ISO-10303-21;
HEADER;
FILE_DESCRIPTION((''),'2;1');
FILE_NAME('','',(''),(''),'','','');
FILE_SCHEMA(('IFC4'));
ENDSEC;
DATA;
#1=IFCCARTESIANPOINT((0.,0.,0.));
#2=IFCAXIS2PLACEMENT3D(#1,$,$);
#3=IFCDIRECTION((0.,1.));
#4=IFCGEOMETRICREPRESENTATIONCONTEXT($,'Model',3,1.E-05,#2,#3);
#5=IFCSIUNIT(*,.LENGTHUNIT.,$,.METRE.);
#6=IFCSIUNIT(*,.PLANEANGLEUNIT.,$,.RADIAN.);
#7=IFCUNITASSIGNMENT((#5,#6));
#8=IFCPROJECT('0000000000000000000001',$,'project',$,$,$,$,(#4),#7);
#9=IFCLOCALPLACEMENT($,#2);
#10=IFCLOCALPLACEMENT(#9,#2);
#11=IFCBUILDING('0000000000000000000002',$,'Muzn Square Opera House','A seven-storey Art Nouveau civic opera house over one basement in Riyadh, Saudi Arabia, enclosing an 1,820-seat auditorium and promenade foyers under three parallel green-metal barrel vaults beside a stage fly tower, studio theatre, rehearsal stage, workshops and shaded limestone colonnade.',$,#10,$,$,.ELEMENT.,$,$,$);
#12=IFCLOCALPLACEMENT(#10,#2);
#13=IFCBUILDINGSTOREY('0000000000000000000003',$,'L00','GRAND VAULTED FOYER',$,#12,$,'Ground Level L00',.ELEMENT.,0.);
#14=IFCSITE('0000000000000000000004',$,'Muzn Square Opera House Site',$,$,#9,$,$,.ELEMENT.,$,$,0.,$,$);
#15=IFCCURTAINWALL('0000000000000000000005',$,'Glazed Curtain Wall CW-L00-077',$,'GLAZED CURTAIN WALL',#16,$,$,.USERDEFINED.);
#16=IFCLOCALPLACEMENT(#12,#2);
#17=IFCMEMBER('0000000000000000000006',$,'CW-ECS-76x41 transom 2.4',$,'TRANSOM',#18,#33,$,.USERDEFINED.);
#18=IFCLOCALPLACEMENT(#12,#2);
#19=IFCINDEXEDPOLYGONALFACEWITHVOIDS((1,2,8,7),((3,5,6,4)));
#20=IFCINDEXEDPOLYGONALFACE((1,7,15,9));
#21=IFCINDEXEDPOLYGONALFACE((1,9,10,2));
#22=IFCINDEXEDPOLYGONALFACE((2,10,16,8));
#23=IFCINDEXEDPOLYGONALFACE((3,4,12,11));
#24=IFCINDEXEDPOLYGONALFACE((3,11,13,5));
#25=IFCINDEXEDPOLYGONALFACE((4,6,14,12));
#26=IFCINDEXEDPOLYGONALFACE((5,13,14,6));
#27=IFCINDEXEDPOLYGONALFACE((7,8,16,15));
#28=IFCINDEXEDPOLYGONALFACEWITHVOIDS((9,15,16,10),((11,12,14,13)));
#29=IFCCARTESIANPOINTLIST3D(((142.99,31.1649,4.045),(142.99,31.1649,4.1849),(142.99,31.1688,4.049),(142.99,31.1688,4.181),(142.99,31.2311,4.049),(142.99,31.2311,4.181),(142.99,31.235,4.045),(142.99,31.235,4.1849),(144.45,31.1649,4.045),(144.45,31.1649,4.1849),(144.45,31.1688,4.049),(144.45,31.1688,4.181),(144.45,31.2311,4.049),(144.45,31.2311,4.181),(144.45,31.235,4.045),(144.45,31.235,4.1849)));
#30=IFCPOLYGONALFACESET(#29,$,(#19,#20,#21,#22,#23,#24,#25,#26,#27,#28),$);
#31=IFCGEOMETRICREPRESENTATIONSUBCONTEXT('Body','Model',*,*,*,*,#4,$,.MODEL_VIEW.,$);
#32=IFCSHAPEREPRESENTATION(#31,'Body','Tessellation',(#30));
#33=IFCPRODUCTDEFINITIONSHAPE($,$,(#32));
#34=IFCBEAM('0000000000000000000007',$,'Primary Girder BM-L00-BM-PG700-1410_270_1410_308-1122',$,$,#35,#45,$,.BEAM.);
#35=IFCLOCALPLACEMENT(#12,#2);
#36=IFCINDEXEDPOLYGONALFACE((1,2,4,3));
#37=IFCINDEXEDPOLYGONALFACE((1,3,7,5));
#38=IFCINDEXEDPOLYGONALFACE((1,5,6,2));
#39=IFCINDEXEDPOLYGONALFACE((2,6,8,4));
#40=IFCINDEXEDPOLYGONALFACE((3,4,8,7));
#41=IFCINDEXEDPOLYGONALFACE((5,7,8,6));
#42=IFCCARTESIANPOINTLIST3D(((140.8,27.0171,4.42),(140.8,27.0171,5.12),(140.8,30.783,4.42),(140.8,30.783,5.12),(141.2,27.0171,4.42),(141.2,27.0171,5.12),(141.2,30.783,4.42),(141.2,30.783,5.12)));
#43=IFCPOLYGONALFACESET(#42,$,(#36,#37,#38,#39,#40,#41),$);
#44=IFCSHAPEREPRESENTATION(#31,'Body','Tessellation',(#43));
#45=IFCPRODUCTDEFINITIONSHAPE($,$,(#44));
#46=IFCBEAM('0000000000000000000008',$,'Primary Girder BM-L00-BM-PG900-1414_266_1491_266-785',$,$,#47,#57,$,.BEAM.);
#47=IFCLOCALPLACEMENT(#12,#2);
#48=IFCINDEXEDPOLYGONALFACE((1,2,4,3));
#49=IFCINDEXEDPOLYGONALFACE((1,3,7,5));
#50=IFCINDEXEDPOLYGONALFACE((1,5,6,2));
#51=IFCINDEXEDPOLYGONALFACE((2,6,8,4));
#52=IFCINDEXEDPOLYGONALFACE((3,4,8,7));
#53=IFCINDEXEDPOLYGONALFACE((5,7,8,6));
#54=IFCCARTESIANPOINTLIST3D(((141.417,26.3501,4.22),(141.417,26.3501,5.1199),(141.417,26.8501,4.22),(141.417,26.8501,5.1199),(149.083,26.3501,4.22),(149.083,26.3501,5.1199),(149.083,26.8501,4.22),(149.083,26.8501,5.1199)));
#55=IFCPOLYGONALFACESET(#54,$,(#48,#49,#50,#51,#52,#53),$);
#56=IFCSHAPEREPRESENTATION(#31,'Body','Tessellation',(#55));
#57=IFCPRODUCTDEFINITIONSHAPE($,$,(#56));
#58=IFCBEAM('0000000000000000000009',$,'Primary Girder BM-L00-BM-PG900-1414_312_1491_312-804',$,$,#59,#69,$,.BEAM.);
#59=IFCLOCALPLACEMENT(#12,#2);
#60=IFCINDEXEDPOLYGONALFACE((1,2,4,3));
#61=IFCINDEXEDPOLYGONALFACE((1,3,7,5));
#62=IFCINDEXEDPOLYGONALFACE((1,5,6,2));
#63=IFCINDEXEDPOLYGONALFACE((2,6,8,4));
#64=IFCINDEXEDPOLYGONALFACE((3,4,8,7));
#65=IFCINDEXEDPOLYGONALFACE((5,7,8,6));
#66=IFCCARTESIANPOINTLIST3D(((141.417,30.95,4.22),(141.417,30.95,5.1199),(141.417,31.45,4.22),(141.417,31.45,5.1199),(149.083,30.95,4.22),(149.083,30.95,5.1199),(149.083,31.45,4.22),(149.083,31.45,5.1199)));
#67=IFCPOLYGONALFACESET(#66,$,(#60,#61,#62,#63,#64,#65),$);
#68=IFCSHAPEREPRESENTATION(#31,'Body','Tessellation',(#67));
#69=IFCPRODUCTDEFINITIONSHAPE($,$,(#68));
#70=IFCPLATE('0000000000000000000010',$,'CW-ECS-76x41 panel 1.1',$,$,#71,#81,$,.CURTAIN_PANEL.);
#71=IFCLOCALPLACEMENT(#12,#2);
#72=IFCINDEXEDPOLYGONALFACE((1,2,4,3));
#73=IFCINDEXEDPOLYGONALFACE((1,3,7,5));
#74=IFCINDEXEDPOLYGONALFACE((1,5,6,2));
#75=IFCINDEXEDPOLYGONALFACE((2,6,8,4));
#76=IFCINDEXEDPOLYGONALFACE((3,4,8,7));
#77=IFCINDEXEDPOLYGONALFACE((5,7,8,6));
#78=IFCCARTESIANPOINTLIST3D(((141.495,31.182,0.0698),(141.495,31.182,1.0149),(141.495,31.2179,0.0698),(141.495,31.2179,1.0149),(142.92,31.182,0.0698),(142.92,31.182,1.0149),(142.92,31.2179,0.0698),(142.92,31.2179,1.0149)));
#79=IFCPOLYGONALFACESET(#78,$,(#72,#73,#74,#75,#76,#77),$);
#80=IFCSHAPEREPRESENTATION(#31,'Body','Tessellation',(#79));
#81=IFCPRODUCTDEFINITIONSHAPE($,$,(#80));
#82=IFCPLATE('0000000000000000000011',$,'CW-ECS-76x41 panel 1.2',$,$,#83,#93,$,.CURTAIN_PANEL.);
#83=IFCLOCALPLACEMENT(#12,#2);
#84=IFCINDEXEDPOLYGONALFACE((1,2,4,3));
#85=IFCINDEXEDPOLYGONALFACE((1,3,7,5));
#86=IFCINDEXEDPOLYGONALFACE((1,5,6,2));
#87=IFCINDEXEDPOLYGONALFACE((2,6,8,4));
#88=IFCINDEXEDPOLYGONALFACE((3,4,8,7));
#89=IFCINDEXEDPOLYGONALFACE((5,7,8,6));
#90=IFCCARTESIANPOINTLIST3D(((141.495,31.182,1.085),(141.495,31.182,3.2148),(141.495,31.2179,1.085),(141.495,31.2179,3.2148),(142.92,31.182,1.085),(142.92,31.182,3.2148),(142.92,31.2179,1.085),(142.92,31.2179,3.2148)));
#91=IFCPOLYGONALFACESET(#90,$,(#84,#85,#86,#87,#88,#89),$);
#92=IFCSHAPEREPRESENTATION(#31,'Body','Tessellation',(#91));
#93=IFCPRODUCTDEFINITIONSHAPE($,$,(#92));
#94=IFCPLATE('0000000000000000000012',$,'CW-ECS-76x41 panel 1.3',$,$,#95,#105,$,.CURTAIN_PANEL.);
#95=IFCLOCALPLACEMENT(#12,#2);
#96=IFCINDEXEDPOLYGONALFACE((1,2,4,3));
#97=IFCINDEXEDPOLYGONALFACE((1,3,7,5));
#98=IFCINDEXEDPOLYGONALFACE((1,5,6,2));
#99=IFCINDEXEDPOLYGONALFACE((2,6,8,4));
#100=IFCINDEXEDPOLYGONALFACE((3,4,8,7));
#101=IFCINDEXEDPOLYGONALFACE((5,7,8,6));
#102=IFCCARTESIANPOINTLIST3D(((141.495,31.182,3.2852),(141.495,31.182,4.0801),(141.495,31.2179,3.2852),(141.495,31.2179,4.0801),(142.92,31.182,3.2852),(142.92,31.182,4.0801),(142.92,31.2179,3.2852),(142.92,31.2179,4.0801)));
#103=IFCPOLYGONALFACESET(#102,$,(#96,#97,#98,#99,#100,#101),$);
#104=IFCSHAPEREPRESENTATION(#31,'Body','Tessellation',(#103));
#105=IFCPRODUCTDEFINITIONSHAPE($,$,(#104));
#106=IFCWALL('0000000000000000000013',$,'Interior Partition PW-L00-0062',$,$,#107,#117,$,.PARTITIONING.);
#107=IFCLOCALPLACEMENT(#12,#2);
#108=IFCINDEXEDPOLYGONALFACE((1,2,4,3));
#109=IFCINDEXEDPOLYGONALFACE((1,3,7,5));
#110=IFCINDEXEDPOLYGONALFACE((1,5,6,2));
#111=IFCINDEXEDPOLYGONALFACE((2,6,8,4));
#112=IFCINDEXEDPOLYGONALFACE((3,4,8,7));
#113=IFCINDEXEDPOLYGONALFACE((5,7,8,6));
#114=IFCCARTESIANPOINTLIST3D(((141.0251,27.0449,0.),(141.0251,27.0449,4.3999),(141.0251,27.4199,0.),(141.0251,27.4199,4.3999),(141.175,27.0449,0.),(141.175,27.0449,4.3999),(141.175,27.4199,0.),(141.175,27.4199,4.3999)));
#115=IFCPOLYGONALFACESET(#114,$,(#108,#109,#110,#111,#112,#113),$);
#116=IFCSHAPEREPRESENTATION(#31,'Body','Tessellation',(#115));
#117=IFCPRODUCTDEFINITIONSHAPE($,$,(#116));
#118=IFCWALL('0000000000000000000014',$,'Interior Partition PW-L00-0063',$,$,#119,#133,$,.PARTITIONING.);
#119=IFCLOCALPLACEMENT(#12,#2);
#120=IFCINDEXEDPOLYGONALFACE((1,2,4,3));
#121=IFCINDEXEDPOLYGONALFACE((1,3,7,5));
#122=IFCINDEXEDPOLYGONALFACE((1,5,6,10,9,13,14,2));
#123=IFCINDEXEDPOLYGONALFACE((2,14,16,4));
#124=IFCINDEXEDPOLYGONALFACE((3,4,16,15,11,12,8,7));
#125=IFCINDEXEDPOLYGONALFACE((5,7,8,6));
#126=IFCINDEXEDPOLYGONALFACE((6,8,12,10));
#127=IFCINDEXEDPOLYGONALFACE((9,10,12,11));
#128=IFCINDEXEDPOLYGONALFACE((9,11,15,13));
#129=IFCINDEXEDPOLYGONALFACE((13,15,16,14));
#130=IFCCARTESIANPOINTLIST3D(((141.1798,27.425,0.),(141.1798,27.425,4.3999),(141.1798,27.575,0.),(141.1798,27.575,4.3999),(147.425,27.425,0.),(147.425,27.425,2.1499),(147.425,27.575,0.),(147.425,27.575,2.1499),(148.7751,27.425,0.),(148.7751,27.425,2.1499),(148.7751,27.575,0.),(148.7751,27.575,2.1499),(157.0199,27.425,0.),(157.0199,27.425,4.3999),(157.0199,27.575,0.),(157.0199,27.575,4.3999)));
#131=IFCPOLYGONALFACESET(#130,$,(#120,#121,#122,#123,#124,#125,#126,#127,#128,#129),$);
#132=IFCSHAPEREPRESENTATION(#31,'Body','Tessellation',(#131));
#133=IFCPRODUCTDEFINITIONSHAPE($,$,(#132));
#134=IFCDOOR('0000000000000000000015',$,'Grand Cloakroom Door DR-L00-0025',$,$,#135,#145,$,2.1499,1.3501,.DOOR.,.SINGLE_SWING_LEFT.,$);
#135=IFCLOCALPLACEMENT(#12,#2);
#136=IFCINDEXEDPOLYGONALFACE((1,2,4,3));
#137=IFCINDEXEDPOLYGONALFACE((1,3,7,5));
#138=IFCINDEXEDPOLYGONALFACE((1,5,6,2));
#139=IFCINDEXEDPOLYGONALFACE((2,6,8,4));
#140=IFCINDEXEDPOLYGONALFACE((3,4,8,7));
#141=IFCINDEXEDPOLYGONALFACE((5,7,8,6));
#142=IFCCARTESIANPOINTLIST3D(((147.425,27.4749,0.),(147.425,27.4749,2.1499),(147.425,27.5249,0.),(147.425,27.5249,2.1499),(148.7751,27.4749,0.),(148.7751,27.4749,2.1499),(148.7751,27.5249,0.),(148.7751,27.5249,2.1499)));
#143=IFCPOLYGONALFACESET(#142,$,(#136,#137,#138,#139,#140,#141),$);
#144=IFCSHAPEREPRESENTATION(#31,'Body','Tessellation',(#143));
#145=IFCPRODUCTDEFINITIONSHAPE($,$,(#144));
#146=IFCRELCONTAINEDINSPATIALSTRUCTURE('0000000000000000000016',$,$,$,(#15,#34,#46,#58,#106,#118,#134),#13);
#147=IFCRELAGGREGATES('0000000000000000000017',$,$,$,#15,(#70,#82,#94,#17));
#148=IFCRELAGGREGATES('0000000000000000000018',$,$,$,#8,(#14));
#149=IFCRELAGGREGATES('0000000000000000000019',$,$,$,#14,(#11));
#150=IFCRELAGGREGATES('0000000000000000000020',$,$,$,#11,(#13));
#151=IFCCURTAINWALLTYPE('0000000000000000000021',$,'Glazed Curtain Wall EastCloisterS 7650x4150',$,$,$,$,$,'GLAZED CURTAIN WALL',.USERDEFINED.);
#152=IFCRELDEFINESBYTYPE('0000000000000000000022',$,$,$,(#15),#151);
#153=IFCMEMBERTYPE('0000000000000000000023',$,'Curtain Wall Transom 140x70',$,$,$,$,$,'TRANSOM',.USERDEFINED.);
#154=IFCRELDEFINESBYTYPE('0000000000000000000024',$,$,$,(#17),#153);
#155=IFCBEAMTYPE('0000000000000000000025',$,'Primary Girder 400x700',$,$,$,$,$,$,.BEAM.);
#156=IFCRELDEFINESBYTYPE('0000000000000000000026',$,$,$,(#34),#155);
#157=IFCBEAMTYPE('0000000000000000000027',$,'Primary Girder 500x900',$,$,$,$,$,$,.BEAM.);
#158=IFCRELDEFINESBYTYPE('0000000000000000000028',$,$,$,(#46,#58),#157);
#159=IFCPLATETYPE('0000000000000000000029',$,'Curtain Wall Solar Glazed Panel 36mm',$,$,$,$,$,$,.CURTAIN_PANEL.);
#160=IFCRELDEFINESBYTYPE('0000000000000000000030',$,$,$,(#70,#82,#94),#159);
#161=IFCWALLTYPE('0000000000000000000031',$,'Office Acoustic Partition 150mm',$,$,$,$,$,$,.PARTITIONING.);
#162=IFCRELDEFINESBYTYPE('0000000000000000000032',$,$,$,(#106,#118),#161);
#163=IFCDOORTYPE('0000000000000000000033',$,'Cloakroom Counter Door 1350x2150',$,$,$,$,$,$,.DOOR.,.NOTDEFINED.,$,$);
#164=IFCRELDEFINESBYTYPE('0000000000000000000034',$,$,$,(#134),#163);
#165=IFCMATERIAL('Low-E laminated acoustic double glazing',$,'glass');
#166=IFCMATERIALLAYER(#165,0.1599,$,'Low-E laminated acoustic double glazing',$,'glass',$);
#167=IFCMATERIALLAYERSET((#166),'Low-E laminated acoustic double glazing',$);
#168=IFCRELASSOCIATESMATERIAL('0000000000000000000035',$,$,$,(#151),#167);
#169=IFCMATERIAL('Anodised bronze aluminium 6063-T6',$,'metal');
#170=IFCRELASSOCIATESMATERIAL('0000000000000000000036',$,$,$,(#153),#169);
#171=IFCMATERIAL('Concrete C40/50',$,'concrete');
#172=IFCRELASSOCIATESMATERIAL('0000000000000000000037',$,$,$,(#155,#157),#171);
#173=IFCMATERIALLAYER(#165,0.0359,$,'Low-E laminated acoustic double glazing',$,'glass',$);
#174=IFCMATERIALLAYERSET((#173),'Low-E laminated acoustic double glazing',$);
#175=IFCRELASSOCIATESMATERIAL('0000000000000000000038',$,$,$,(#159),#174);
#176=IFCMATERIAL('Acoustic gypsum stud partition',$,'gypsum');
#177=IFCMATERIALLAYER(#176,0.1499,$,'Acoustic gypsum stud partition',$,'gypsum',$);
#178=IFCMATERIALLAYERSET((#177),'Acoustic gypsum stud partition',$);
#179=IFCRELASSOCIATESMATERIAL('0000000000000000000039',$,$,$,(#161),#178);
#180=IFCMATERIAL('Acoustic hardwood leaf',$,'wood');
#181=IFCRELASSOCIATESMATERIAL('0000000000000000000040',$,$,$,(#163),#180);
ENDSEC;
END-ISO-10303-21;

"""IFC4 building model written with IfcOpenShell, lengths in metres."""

from ifc_helpers import new_model, si_unit, direction, frame, frame_2d, origin, origin_2d, place, context, subcontext, project, spatial, rectangle, hollow_rectangle, extrude, material, layer, layer_set, material_profile, profile_set, type_object, element, fill, aggregate, save


model = new_model("IFC4")

# Units and contexts
model_context = context("Model", 3, precision=1e-05, world=origin(), true_north=direction((0.0, 1.0)))
body_context = subcontext(model_context, "Body", "Model", "MODEL_VIEW")
ifc_project = project(units=[si_unit("LENGTHUNIT", "METRE"), si_unit("PLANEANGLEUNIT", "RADIAN")], contexts=[model_context])

# Site, building, storey
site_placement = place(None, origin())
site = spatial("IfcSite", under=ifc_project, at=site_placement, Name="Muzn Square Opera House Site", CompositionType="ELEMENT", RefElevation=0.0)
building_placement = place(site_placement, origin())
building = spatial("IfcBuilding", under=site, at=building_placement, Name="Muzn Square Opera House", Description="A seven-storey Art Nouveau civic opera house over one basement in Riyadh, Saudi Arabia, enclosing an 1,820-seat auditorium and promenade foyers under three parallel green-metal barrel vaults beside a stage fly tower, studio theatre, rehearsal stage, workshops and shaded limestone colonnade.", CompositionType="ELEMENT")
storey_placement = place(building_placement, origin())
storey = spatial("IfcBuildingStorey", under=building, at=storey_placement, Name="L00", Description="GRAND VAULTED FOYER", LongName="Ground Level L00", CompositionType="ELEMENT", Elevation=0.0)

# Curtain wall, member
ifc_material_1 = material(Name="Low-E laminated acoustic double glazing", Category="glass")
ifc_layer_1 = layer(ifc_material_1, 0.1599, Name="Low-E laminated acoustic double glazing", Category="glass")
ifc_layer_set_1 = layer_set([ifc_layer_1], Name="Low-E laminated acoustic double glazing")
curtain_wall_type = type_object("IfcCurtainWallType", Name="Glazed Curtain Wall EastCloisterS 7650x4150", ElementType="GLAZED CURTAIN WALL", PredefinedType="USERDEFINED", material=ifc_layer_set_1)
curtain_wall_placement = place(storey_placement, origin())
curtain_wall = element("IfcCurtainWall", 1, at=curtain_wall_placement, inside=storey, type_object=curtain_wall_type, Name="Glazed Curtain Wall CW-L00-077", ObjectType="GLAZED CURTAIN WALL", PredefinedType="USERDEFINED")
ifc_material_2 = material(Name="Anodised bronze aluminium 6063-T6", Category="metal")
ifc_material_profile_1 = material_profile(ifc_material_2, hollow_rectangle(XDim=0.0701, YDim=0.1399, WallThickness=0.0039, at=origin_2d()), Name="ALU 140x70x4", Category="metal")
ifc_profile_set_1 = profile_set([ifc_material_profile_1], Name="Anodised bronze aluminium 6063-T6")
member_type_1 = type_object("IfcMemberType", Name="Curtain Wall Transom 140x70", ElementType="TRANSOM", PredefinedType="USERDEFINED", material=ifc_profile_set_1)
member_1_placement = place(storey_placement, frame((142.99, 31.2, 4.115), z_axis=(1.0, 0.0, 0.0), x_axis=(0.0, 1.0, 0.0)))
member_1 = element("IfcMember", 2, at=member_1_placement, type_object=member_type_1, Name="CW-ECS-76x41 transom 2.4", ObjectType="TRANSOM", PredefinedType="USERDEFINED", context=body_context, shape_type="SweptSolid", body=[
    extrude(hollow_rectangle(XDim=0.0701, YDim=0.1399, WallThickness=0.0039, at=origin_2d()), origin(), (0.0, 0.0, 1.0), 1.46),
])

# Beams
ifc_material_3 = material(Name="Concrete C40/50", Category="concrete")
ifc_material_profile_2 = material_profile(ifc_material_3, rectangle(XDim=0.3999, YDim=0.7, at=origin_2d()), Name="RCB 400x700", Category="concrete")
ifc_profile_set_2 = profile_set([ifc_material_profile_2], Name="Concrete C40/50")
beam_type_1 = type_object("IfcBeamType", Name="Primary Girder 400x700", PredefinedType="BEAM", material=ifc_profile_set_2)
beam_placement = place(storey_placement, frame((141.0, 27.0171, 4.77), z_axis=(0.0, 1.0, 0.0), x_axis=(-1.0, 0.0, 0.0)))
element("IfcBeam", 3, at=beam_placement, inside=storey, type_object=beam_type_1, Name="Primary Girder BM-L00-BM-PG700-1410_270_1410_308-1122", PredefinedType="BEAM", context=body_context, shape_type="SweptSolid", body=[
    extrude(rectangle(XDim=0.3999, YDim=0.7, at=origin_2d()), origin(), (0.0, 0.0, 1.0), 3.7659),
])
ifc_material_profile_3 = material_profile(ifc_material_3, rectangle(XDim=0.5, YDim=0.8999, at=origin_2d()), Name="RCB 500x900", Category="concrete")
ifc_profile_set_3 = profile_set([ifc_material_profile_3], Name="Concrete C40/50")
beam_type_2 = type_object("IfcBeamType", Name="Primary Girder 500x900", PredefinedType="BEAM", material=ifc_profile_set_3)
for number, where, z_axis, x_axis, name in (
    (4, (141.417, 26.6001, 4.6699), (1.0, 0.0, 0.0), (0.0, 1.0, 0.0), "Primary Girder BM-L00-BM-PG900-1414_266_1491_266-785"),
    (5, (141.417, 31.2, 4.6699), (1.0, 0.0, 0.0), (0.0, 1.0, 0.0), "Primary Girder BM-L00-BM-PG900-1414_312_1491_312-804"),
):
    element("IfcBeam", number, at=place(storey_placement, frame(where, z_axis=z_axis, x_axis=x_axis)), inside=storey, type_object=beam_type_2, Name=name, PredefinedType="BEAM", context=body_context, shape_type="SweptSolid", body=[
        extrude(rectangle(XDim=0.5, YDim=0.8999, at=origin_2d()), origin(), (0.0, 0.0, 1.0), 7.666),
    ])

# Plates
ifc_layer_2 = layer(ifc_material_1, 0.0359, Name="Low-E laminated acoustic double glazing", Category="glass")
ifc_layer_set_2 = layer_set([ifc_layer_2], Name="Low-E laminated acoustic double glazing")
plate_type = type_object("IfcPlateType", Name="Curtain Wall Solar Glazed Panel 36mm", PredefinedType="CURTAIN_PANEL", material=ifc_layer_set_2)
plate_1_placement = place(storey_placement, frame((142.2075, 31.2, 0.0698), z_axis=(0.0, 0.0, 1.0), x_axis=(1.0, 0.0, 0.0)))
plate_1 = element("IfcPlate", 6, at=plate_1_placement, type_object=plate_type, Name="CW-ECS-76x41 panel 1.1", PredefinedType="CURTAIN_PANEL", context=body_context, shape_type="SweptSolid", body=[
    extrude(rectangle(XDim=1.425, YDim=0.0359, at=origin_2d()), origin(), (0.0, 0.0, 1.0), 0.9451),
])
plate_2_placement = place(storey_placement, frame((142.2075, 31.2, 1.085), z_axis=(0.0, 0.0, 1.0), x_axis=(1.0, 0.0, 0.0)))
plate_2 = element("IfcPlate", 7, at=plate_2_placement, type_object=plate_type, Name="CW-ECS-76x41 panel 1.2", PredefinedType="CURTAIN_PANEL", context=body_context, shape_type="SweptSolid", body=[
    extrude(rectangle(XDim=1.425, YDim=0.0359, at=origin_2d()), origin(), (0.0, 0.0, 1.0), 2.1299),
])
plate_3_placement = place(storey_placement, frame((142.2075, 31.2, 3.2852), z_axis=(0.0, 0.0, 1.0), x_axis=(1.0, 0.0, 0.0)))
plate_3 = element("IfcPlate", 8, at=plate_3_placement, type_object=plate_type, Name="CW-ECS-76x41 panel 1.3", PredefinedType="CURTAIN_PANEL", context=body_context, shape_type="SweptSolid", body=[
    extrude(rectangle(XDim=1.425, YDim=0.0359, at=origin_2d()), origin(), (0.0, 0.0, 1.0), 0.7949),
])
aggregate(curtain_wall, [plate_1, plate_2, plate_3, member_1])

# Wall
ifc_material_4 = material(Name="Acoustic gypsum stud partition", Category="gypsum")
ifc_layer_3 = layer(ifc_material_4, 0.1499, Name="Acoustic gypsum stud partition", Category="gypsum")
ifc_layer_set_3 = layer_set([ifc_layer_3], Name="Acoustic gypsum stud partition")
wall_type = type_object("IfcWallType", Name="Office Acoustic Partition 150mm", PredefinedType="PARTITIONING", material=ifc_layer_set_3)
wall_1_placement = place(storey_placement, frame((141.1001, 27.0449, 0.0), z_axis=(0.0, 0.0, 1.0), x_axis=(0.0, 1.0, 0.0)))
element("IfcWall", 9, at=wall_1_placement, inside=storey, type_object=wall_type, Name="Interior Partition PW-L00-0062", PredefinedType="PARTITIONING", context=body_context, shape_type="SweptSolid", body=[
    extrude(rectangle(XDim=0.375, YDim=0.1499, at=frame_2d((0.1875, 0.0))), origin(), (0.0, 0.0, 1.0), 4.3999),
])

# Wall, opening, door
wall_2_placement = place(storey_placement, frame((141.1799, 27.5, 0.0), z_axis=(0.0, 0.0, 1.0), x_axis=(1.0, 0.0, 0.0)))
wall_2 = element("IfcWall", 10, at=wall_2_placement, inside=storey, type_object=wall_type, Name="Interior Partition PW-L00-0063", PredefinedType="PARTITIONING", context=body_context, shape_type="SweptSolid", body=[
    extrude(rectangle(XDim=15.8401, YDim=0.1499, at=frame_2d((7.9199, 0.0))), origin(), (0.0, 0.0, 1.0), 4.3999),
])
opening_placement = place(wall_2_placement, frame((6.2451, 0.0, 0.0)))
opening = element("IfcOpeningElement", 11, at=opening_placement, cuts=wall_2, PredefinedType="OPENING", context=body_context, shape_type="SweptSolid", body=[
    extrude(rectangle(XDim=1.3501, YDim=2.1499, at=frame_2d((0.675, 1.075))), frame((0.0, 0.085, 0.0), z_axis=(0.0, -1.0, 0.0), x_axis=(1.0, 0.0, 0.0)), (0.0, 0.0, 1.0), 0.1699),
])
ifc_material_5 = material(Name="Acoustic hardwood leaf", Category="wood")
door_type = type_object("IfcDoorType", Name="Cloakroom Counter Door 1350x2150", OperationType="NOTDEFINED", PredefinedType="DOOR", material=ifc_material_5)
door_placement = place(opening_placement, origin())
door = element("IfcDoor", 12, at=door_placement, inside=storey, type_object=door_type, Name="Grand Cloakroom Door DR-L00-0025", OperationType="SINGLE_SWING_LEFT", OverallHeight=2.1499, OverallWidth=1.3501, PredefinedType="DOOR", context=body_context, shape_type="SweptSolid", body=[
    extrude(rectangle(XDim=1.3501, YDim=2.1499, at=frame_2d((0.675, 1.075))), frame((0.0, 0.0249, 0.0), z_axis=(0.0, -1.0, 0.0), x_axis=(1.0, 0.0, 0.0)), (0.0, 0.0, 1.0), 0.05),
])
fill(opening, door)

save(model, "model.ifc")
